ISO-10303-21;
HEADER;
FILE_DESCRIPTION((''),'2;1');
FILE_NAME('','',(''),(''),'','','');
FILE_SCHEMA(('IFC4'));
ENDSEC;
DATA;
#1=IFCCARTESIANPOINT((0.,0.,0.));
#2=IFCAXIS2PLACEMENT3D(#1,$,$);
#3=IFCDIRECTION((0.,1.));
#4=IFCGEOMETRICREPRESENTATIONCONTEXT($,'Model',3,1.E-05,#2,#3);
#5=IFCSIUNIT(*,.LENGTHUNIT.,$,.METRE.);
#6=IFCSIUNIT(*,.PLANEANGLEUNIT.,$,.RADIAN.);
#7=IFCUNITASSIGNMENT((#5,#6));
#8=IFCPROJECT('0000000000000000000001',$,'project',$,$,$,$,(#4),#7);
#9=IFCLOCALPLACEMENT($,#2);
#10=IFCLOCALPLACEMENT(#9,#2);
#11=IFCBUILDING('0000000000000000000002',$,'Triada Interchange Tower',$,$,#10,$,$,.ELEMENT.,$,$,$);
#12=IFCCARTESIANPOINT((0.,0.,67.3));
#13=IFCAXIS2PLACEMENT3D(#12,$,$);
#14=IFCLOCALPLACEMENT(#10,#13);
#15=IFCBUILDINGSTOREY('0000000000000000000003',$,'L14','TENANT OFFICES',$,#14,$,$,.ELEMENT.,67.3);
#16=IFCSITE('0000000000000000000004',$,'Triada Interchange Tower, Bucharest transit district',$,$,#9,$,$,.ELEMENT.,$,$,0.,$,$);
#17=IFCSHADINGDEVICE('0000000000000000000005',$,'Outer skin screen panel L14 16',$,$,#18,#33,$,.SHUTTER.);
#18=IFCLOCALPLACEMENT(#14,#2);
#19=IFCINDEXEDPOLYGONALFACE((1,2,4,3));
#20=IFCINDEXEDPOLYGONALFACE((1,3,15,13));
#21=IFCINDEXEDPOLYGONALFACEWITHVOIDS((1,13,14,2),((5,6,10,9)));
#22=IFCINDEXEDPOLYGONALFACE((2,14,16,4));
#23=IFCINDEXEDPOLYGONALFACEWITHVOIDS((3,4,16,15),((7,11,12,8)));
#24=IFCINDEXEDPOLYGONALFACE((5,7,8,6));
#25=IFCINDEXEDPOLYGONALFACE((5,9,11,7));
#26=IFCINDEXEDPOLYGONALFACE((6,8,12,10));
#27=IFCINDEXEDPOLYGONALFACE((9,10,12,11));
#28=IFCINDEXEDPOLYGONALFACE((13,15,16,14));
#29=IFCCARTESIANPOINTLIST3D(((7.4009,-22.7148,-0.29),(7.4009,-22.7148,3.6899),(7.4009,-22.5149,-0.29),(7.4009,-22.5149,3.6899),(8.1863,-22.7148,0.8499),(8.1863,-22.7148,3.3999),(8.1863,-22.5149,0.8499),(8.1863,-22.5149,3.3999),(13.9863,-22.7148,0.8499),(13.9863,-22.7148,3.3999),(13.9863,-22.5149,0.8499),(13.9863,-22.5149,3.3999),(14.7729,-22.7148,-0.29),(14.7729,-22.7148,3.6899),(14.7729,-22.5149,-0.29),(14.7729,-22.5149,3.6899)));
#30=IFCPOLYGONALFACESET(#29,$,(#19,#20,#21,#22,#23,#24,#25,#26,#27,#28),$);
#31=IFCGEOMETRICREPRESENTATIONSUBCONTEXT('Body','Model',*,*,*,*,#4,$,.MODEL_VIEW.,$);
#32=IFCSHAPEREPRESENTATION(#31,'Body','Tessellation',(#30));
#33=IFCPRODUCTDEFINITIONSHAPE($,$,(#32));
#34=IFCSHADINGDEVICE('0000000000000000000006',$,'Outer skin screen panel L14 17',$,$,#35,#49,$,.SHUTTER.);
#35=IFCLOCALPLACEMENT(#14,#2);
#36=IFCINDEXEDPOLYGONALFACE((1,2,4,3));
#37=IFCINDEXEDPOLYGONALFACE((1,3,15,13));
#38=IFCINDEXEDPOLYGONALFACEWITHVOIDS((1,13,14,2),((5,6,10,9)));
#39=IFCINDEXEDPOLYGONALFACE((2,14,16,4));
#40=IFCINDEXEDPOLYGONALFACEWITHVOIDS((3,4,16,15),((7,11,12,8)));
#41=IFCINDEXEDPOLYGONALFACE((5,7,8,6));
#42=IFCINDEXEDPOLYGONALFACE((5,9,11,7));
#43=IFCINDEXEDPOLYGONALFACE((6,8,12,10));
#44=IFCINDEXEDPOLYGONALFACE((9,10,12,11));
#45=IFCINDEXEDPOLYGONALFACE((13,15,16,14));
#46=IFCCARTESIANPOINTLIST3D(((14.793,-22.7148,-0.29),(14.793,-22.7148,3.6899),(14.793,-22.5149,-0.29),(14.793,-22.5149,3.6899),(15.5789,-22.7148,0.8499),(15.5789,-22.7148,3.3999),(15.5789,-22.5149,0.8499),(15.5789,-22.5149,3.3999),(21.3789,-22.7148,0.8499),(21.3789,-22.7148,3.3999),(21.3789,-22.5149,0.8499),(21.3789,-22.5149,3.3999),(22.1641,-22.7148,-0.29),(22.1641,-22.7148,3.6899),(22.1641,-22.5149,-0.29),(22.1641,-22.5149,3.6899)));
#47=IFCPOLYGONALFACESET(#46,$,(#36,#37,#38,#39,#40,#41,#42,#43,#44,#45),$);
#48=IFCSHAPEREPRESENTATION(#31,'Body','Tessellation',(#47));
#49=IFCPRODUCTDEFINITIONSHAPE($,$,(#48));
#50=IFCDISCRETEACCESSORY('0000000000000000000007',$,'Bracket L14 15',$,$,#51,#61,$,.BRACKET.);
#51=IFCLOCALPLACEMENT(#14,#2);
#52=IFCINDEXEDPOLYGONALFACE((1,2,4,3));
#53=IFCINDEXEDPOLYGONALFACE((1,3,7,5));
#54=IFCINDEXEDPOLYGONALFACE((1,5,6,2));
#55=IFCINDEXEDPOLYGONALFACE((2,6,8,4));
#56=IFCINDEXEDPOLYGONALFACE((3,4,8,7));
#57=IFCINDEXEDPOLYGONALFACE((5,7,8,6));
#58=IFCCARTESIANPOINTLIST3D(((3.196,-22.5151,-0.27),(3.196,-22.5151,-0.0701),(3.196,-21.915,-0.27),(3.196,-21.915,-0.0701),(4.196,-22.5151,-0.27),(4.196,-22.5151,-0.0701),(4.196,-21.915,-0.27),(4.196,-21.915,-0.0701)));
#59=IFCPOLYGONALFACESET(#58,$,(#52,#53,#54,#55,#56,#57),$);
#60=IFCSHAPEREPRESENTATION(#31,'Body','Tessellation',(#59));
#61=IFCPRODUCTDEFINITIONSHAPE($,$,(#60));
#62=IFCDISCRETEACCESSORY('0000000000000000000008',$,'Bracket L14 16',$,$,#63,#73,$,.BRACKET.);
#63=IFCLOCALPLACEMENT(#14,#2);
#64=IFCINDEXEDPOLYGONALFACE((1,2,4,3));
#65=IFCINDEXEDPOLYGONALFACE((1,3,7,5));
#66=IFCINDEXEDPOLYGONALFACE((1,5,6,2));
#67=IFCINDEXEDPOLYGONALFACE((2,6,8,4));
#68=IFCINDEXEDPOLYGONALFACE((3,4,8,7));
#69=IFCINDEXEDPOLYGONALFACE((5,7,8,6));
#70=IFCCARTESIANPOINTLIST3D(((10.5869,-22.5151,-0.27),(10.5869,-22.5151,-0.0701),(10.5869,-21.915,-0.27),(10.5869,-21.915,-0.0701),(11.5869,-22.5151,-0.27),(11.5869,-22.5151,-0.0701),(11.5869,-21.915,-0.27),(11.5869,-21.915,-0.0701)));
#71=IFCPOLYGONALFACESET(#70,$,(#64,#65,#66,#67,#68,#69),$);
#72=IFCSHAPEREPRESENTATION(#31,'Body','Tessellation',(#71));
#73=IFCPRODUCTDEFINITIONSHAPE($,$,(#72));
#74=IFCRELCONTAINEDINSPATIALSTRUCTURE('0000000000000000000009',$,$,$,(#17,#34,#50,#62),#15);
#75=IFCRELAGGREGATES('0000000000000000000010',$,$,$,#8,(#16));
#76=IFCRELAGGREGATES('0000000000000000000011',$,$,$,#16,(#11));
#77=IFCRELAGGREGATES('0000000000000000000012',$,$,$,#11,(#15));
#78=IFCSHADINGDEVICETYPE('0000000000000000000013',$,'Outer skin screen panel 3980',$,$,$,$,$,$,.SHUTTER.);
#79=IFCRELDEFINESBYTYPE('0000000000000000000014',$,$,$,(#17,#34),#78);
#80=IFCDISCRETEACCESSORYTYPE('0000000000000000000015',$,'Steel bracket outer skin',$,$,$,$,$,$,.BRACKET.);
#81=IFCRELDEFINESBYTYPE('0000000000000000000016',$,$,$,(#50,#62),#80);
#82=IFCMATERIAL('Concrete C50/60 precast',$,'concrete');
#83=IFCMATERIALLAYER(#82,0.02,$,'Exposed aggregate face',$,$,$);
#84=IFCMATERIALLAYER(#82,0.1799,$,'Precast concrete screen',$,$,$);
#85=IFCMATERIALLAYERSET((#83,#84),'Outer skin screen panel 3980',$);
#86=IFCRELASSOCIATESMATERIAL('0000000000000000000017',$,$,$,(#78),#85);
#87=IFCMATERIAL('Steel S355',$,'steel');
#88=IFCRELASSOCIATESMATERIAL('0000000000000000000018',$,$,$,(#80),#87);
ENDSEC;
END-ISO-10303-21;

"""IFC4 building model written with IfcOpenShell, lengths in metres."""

from ifc_helpers import new_model, si_unit, direction, frame, origin, origin_2d, place, context, subcontext, project, spatial, polyline, rectangle, outline, extrude, material, layer, layer_set, type_object, element, save


model = new_model("IFC4")

# Units and contexts
model_context = context("Model", 3, precision=1e-05, world=origin(), true_north=direction((0.0, 1.0)))
body_context = subcontext(model_context, "Body", "Model", "MODEL_VIEW")
ifc_project = project(units=[si_unit("LENGTHUNIT", "METRE"), si_unit("PLANEANGLEUNIT", "RADIAN")], contexts=[model_context])

# Site, building, storey
site_placement = place(None, origin())
site = spatial("IfcSite", under=ifc_project, at=site_placement, Name="Triada Interchange Tower, Bucharest transit district", CompositionType="ELEMENT", RefElevation=0.0)
building_placement = place(site_placement, origin())
building = spatial("IfcBuilding", under=site, at=building_placement, Name="Triada Interchange Tower", CompositionType="ELEMENT")
storey_placement = place(building_placement, frame((0.0, 0.0, 67.3)))
storey = spatial("IfcBuildingStorey", under=building, at=storey_placement, Name="L14", Description="TENANT OFFICES", CompositionType="ELEMENT", Elevation=67.3)

# Shading devices
ifc_material_1 = material(Name="Concrete C50/60 precast", Category="concrete")
ifc_layer_1 = layer(ifc_material_1, 0.02, Name="Exposed aggregate face")
ifc_layer_2 = layer(ifc_material_1, 0.1799, Name="Precast concrete screen")
ifc_layer_set_1 = layer_set([ifc_layer_1, ifc_layer_2], Name="Outer skin screen panel 3980")
shading_device_type = type_object("IfcShadingDeviceType", Name="Outer skin screen panel 3980", PredefinedType="SHUTTER", material=ifc_layer_set_1)
shading_device_1_placement = place(storey_placement, frame((7.4009, -22.5149, -0.29), z_axis=(0.0, 0.0, 1.0), x_axis=(1.0, 0.0, 0.0)))
element("IfcShadingDevice", 1, at=shading_device_1_placement, inside=storey, type_object=shading_device_type, Name="Outer skin screen panel L14 16", PredefinedType="SHUTTER", context=body_context, shape_type="SweptSolid", body=[
    extrude(outline(polyline([(0.0, 0.0), (7.3721, 0.0), (7.3721, 3.98), (0.0, 3.98), (0.0, 0.0)]), holes=[polyline([(0.7854, 1.1399), (0.7854, 3.6899), (6.5854, 3.6899), (6.5854, 1.1399), (0.7854, 1.1399)])]), frame((0.0, 0.0, 0.0), z_axis=(0.0, -1.0, 0.0), x_axis=(1.0, 0.0, 0.0)), (0.0, 0.0, 1.0), 0.2),
])
shading_device_2_placement = place(storey_placement, frame((14.793, -22.5149, -0.29), z_axis=(0.0, 0.0, 1.0), x_axis=(1.0, 0.0, 0.0)))
element("IfcShadingDevice", 2, at=shading_device_2_placement, inside=storey, type_object=shading_device_type, Name="Outer skin screen panel L14 17", PredefinedType="SHUTTER", context=body_context, shape_type="SweptSolid", body=[
    extrude(outline(polyline([(0.0, 0.0), (7.3711, 0.0), (7.3711, 3.98), (0.0, 3.98), (0.0, 0.0)]), holes=[polyline([(0.7859, 1.1399), (0.7859, 3.6899), (6.5859, 3.6899), (6.5859, 1.1399), (0.7859, 1.1399)])]), frame((0.0, 0.0, 0.0), z_axis=(0.0, -1.0, 0.0), x_axis=(1.0, 0.0, 0.0)), (0.0, 0.0, 1.0), 0.2),
])

# Discrete accessories
ifc_material_2 = material(Name="Steel S355", Category="steel")
discrete_accessory_type = type_object("IfcDiscreteAccessoryType", Name="Steel bracket outer skin", PredefinedType="BRACKET", material=ifc_material_2)
for number, where, z_axis, x_axis, name in (
    (3, (3.696, -22.2151, -0.27), (0.0, 0.0, 1.0), (0.0, -1.0, 0.0), "Bracket L14 15"),
    (4, (11.0869, -22.2151, -0.27), (0.0, 0.0, 1.0), (0.0, -1.0, 0.0), "Bracket L14 16"),
):
    element("IfcDiscreteAccessory", number, at=place(storey_placement, frame(where, z_axis=z_axis, x_axis=x_axis)), inside=storey, type_object=discrete_accessory_type, Name=name, PredefinedType="BRACKET", context=body_context, shape_type="SweptSolid", body=[
        extrude(rectangle(XDim=0.6001, YDim=1.0, at=origin_2d()), origin(), (0.0, 0.0, 1.0), 0.2),
    ])

save(model, "model.ifc")
